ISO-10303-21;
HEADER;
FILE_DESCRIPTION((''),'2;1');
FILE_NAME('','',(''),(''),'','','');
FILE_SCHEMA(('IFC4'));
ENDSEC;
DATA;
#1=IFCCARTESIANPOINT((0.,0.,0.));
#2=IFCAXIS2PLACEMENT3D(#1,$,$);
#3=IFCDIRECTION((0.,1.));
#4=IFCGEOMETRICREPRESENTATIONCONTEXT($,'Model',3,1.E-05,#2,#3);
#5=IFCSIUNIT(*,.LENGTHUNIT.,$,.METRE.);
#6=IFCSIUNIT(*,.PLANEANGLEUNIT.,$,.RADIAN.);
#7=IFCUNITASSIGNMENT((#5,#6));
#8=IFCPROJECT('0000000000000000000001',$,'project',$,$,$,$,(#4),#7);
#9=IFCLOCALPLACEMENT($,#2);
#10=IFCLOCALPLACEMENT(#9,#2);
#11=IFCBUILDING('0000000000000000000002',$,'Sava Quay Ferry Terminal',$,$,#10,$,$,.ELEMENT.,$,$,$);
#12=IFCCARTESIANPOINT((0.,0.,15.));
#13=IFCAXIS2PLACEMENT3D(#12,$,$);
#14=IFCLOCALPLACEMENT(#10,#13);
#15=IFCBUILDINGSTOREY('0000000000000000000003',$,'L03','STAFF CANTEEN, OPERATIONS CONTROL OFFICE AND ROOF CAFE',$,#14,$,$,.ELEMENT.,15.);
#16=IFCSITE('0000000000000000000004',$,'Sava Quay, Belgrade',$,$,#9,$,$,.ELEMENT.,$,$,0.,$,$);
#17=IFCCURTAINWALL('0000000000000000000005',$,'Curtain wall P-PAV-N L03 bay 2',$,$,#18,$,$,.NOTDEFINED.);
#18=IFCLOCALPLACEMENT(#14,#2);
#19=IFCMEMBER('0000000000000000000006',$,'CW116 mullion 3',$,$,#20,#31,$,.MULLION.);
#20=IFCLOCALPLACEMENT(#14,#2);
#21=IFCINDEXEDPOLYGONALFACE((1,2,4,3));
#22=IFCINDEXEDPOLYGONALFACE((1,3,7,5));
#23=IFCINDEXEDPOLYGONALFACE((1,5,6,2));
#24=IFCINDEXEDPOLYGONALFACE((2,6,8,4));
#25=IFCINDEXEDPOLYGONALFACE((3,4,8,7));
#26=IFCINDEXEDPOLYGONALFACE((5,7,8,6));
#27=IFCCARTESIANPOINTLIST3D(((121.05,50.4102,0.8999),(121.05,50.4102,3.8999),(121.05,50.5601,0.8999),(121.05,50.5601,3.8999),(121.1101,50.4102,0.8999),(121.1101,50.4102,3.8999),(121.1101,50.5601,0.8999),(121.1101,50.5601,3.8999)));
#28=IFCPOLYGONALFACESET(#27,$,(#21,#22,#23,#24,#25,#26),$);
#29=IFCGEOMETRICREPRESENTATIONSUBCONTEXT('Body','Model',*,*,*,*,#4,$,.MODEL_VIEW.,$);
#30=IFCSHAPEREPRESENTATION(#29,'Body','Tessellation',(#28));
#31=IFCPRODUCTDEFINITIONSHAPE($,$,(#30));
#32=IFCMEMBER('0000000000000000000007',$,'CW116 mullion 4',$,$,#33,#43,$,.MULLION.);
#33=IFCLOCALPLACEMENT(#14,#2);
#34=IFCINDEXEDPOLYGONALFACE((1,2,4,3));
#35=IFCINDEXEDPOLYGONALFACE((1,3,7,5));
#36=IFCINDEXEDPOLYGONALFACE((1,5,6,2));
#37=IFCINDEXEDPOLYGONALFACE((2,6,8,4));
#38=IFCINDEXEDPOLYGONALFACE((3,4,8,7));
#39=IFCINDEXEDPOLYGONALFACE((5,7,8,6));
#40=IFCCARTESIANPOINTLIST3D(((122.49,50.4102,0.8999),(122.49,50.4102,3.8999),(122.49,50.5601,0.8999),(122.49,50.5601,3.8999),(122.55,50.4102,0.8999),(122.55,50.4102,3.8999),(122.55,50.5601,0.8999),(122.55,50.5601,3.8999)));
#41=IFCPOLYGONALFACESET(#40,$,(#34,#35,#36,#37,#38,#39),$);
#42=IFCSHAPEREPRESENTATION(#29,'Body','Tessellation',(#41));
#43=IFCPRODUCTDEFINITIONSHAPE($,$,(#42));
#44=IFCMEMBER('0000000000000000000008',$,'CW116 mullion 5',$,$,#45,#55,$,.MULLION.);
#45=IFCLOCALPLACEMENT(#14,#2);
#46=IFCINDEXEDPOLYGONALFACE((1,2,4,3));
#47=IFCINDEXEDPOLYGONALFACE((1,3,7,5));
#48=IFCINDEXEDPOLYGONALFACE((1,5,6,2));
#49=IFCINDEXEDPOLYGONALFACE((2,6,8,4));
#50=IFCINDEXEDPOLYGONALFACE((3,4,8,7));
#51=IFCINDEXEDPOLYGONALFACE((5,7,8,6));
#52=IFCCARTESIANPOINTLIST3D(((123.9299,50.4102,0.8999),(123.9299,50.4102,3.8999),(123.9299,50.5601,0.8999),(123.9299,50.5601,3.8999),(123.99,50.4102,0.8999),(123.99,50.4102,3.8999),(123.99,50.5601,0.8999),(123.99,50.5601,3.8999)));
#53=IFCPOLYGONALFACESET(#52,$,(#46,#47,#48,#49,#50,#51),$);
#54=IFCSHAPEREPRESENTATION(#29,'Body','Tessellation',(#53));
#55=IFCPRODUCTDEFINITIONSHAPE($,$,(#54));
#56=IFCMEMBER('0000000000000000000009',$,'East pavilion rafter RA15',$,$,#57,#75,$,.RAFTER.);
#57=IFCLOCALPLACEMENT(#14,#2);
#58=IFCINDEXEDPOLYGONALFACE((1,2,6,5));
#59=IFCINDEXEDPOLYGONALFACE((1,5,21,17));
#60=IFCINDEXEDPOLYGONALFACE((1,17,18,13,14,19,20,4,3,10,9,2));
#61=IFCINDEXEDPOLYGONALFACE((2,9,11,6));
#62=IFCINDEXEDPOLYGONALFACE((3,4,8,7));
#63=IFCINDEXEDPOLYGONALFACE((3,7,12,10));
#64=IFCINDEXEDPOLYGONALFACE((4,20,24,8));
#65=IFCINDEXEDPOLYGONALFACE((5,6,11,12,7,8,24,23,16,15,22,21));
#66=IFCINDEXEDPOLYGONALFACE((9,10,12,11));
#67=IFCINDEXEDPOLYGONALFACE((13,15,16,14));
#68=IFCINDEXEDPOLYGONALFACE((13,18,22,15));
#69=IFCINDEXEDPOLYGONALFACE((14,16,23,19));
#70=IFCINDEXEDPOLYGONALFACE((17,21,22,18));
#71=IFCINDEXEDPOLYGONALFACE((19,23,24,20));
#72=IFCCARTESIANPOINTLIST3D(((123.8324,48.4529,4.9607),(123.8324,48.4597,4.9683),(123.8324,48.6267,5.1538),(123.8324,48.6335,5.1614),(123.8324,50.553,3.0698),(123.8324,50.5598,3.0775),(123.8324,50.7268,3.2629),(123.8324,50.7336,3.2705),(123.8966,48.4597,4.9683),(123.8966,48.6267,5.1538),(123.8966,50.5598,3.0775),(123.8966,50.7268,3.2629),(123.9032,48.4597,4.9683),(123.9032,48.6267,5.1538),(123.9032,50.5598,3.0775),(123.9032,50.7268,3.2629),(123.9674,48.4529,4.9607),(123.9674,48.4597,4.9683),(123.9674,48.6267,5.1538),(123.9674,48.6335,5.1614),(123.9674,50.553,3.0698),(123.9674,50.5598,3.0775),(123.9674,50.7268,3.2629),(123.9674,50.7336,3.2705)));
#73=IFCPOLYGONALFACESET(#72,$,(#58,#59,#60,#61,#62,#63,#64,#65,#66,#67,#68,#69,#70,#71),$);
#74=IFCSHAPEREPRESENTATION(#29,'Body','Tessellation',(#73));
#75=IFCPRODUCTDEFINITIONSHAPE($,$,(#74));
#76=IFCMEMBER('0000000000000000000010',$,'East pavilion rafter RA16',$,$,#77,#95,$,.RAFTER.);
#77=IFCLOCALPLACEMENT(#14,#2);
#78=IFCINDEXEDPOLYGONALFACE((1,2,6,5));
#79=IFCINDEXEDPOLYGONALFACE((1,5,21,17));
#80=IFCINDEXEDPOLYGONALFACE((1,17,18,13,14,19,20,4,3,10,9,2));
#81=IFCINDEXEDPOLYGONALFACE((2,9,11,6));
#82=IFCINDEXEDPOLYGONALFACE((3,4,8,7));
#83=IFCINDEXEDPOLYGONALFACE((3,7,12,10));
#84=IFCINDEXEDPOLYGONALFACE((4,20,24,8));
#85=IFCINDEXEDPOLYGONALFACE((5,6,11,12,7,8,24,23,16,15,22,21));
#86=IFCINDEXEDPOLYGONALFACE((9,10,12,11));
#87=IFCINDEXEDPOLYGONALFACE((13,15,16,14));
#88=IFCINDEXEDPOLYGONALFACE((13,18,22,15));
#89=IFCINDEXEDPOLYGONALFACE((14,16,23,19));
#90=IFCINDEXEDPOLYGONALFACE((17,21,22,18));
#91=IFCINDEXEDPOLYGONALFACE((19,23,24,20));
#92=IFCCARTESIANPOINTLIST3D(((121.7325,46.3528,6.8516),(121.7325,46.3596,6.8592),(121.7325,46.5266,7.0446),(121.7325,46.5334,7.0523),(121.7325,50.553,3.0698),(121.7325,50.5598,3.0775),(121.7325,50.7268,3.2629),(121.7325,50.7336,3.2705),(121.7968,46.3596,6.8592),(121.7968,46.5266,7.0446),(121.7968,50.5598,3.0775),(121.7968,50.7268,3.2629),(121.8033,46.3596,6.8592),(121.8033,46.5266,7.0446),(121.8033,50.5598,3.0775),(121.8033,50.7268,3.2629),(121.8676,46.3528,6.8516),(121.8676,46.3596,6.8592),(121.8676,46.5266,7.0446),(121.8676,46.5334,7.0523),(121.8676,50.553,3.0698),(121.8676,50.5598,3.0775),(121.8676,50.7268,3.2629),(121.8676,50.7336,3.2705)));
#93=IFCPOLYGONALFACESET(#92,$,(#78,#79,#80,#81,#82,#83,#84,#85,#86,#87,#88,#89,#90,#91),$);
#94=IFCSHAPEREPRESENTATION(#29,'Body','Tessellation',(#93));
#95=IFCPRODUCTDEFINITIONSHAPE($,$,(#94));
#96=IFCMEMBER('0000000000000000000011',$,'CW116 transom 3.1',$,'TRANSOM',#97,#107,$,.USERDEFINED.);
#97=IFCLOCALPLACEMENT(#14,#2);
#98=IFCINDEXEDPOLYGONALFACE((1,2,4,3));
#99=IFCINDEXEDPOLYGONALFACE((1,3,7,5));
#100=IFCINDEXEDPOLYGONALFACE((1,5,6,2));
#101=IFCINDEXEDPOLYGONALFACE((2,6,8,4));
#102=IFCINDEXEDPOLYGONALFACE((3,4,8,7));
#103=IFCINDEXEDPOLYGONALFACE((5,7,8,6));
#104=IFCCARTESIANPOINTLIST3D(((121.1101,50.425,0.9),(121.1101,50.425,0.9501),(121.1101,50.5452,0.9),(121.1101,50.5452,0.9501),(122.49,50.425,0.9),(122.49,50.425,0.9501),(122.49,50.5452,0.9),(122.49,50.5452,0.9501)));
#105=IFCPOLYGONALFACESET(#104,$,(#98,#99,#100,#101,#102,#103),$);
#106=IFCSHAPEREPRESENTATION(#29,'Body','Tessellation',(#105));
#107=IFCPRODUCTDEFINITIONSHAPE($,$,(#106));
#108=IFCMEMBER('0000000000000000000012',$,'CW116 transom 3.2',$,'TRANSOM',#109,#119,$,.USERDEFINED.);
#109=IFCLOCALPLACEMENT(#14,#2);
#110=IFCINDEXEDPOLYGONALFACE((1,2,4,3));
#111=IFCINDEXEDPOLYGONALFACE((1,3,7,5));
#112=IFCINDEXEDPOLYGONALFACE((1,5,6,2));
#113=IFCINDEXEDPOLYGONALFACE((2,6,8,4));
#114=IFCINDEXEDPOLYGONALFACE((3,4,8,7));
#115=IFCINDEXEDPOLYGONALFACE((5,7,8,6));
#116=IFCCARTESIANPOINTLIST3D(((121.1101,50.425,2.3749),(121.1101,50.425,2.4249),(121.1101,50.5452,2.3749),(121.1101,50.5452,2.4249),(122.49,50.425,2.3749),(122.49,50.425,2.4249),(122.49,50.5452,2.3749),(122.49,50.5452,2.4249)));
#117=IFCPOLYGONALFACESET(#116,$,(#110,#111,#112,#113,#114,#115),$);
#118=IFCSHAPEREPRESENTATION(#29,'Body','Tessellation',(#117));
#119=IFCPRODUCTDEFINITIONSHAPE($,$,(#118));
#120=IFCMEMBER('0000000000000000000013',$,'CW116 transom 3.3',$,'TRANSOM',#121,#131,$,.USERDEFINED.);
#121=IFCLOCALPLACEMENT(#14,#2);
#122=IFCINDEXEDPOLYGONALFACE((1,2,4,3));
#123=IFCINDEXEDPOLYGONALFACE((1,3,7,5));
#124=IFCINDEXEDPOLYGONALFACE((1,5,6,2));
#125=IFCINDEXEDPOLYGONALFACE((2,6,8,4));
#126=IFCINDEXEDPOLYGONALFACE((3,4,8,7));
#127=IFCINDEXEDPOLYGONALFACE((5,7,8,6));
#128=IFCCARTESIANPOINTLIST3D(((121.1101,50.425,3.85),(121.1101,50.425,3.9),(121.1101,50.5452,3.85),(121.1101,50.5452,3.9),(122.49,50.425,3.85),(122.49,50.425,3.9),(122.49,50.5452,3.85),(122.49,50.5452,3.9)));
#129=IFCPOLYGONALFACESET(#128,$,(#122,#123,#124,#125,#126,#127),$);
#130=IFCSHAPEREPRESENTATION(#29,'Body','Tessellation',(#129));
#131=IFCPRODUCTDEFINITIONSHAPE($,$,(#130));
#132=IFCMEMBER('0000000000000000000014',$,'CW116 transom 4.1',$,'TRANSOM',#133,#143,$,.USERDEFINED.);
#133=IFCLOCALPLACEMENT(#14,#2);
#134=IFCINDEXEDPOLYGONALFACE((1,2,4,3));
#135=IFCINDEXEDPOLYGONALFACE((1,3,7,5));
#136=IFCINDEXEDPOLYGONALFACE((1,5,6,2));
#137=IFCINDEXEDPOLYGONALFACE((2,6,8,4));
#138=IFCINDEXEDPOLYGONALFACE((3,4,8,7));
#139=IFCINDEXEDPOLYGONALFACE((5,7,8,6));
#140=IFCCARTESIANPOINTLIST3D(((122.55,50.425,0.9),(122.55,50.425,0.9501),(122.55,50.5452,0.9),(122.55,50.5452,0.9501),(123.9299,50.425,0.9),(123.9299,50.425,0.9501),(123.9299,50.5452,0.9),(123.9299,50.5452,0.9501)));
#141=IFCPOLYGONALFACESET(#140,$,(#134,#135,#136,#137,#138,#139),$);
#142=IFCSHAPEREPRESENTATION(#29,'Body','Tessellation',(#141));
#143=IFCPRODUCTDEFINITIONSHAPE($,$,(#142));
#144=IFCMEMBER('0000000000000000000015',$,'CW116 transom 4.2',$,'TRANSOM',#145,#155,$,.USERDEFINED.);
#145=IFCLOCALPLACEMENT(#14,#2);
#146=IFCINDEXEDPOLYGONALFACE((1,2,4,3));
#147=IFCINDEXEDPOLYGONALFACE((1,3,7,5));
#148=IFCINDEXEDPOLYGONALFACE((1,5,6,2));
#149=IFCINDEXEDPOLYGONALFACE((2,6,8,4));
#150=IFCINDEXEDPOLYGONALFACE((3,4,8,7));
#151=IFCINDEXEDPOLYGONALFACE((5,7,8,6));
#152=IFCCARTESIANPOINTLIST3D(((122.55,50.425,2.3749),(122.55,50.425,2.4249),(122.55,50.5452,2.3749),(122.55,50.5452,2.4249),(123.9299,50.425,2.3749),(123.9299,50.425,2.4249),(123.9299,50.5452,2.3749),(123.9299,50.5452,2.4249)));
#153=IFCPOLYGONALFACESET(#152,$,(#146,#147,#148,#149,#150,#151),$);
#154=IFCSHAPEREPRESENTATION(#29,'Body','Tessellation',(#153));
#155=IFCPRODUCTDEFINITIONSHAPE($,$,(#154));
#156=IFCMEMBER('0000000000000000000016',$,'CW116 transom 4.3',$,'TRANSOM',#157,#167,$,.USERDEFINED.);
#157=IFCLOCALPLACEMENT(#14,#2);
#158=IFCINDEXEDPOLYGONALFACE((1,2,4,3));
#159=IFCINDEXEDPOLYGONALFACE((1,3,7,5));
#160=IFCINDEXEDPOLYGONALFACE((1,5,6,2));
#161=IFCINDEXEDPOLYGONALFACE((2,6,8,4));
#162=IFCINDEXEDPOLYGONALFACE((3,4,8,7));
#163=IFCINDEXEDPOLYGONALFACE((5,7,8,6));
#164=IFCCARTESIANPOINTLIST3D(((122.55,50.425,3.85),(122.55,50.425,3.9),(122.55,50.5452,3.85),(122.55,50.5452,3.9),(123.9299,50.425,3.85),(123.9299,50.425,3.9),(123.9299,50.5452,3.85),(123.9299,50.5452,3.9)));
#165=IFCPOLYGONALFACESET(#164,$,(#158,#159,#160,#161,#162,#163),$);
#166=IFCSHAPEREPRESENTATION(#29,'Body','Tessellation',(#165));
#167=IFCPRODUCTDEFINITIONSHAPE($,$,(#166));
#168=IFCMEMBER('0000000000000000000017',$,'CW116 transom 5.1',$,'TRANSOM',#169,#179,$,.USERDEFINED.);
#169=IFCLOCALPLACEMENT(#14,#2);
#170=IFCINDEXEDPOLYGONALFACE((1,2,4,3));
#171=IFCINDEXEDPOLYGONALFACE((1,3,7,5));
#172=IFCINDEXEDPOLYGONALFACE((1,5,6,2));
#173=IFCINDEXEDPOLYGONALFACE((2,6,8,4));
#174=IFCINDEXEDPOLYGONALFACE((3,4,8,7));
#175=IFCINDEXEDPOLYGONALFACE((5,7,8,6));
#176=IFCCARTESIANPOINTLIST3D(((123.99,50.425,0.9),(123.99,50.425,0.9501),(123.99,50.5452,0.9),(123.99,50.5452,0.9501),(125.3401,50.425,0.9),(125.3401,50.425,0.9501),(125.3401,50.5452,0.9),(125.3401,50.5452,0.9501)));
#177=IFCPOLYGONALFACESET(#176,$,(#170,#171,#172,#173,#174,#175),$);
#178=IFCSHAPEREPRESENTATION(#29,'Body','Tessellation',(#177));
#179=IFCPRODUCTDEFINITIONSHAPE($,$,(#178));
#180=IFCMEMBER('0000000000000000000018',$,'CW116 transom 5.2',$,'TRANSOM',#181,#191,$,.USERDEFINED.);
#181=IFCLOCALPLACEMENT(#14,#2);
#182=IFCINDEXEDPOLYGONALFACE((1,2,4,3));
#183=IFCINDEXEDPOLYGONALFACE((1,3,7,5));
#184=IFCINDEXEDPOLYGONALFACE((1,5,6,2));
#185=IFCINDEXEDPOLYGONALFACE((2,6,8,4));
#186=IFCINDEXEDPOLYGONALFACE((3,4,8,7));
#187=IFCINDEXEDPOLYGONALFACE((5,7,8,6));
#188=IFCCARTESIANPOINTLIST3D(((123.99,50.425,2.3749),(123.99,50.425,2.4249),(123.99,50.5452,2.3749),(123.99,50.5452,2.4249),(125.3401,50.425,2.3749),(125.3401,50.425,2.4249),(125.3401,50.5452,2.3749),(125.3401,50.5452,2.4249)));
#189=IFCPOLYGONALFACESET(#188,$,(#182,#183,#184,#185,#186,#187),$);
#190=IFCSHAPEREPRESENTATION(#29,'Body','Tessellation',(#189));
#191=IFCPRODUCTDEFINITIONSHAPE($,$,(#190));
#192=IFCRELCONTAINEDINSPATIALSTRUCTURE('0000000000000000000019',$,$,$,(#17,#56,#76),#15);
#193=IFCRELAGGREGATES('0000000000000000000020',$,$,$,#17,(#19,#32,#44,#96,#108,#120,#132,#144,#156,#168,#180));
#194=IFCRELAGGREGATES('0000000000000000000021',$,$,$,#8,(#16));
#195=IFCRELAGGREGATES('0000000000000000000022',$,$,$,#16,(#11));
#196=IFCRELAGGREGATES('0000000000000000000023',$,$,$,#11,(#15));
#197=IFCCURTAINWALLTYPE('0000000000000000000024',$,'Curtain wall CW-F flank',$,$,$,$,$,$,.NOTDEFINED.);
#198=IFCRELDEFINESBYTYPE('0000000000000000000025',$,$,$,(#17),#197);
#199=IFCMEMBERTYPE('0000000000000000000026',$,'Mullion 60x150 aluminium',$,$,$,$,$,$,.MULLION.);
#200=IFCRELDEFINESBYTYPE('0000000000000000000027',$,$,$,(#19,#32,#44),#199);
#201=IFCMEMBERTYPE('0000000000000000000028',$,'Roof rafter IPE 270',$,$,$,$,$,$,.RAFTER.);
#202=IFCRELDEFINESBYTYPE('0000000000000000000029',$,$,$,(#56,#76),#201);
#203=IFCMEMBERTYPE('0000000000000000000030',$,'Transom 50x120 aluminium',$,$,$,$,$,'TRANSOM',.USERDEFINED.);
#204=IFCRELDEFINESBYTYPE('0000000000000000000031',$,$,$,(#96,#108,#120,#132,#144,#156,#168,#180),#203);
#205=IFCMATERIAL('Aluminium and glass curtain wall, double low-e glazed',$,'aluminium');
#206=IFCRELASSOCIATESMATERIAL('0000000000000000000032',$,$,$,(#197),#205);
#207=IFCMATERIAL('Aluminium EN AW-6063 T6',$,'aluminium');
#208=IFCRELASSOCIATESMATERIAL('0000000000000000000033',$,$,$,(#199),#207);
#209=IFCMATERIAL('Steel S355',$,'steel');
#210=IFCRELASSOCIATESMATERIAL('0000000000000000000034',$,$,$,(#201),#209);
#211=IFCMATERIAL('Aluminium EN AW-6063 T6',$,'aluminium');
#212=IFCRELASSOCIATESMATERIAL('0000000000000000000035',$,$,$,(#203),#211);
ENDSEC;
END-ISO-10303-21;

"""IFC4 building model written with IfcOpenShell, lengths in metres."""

from ifc_helpers import new_model, si_unit, direction, frame, origin, origin_2d, place, context, subcontext, project, spatial, rectangle, i_section, extrude, material, material_profile, profile_set, type_object, element, aggregate, save


model = new_model("IFC4")

# Units and contexts
model_context = context("Model", 3, precision=1e-05, world=origin(), true_north=direction((0.0, 1.0)))
body_context = subcontext(model_context, "Body", "Model", "MODEL_VIEW")
ifc_project = project(units=[si_unit("LENGTHUNIT", "METRE"), si_unit("PLANEANGLEUNIT", "RADIAN")], contexts=[model_context])

# Site, building, storey
site_placement = place(None, origin())
site = spatial("IfcSite", under=ifc_project, at=site_placement, Name="Sava Quay, Belgrade", CompositionType="ELEMENT", RefElevation=0.0)
building_placement = place(site_placement, origin())
building = spatial("IfcBuilding", under=site, at=building_placement, Name="Sava Quay Ferry Terminal", CompositionType="ELEMENT")
storey_placement = place(building_placement, frame((0.0, 0.0, 15.0)))
storey = spatial("IfcBuildingStorey", under=building, at=storey_placement, Name="L03", Description="STAFF CANTEEN, OPERATIONS CONTROL OFFICE AND ROOF CAFE", CompositionType="ELEMENT", Elevation=15.0)

# Curtain wall, members
ifc_material_1 = material(Name="Aluminium and glass curtain wall, double low-e glazed", Category="aluminium")
curtain_wall_type = type_object("IfcCurtainWallType", Name="Curtain wall CW-F flank", PredefinedType="NOTDEFINED", material=ifc_material_1)
curtain_wall_placement = place(storey_placement, origin())
curtain_wall = element("IfcCurtainWall", 1, at=curtain_wall_placement, inside=storey, type_object=curtain_wall_type, Name="Curtain wall P-PAV-N L03 bay 2", PredefinedType="NOTDEFINED")
ifc_material_2 = material(Name="Aluminium EN AW-6063 T6", Category="aluminium")
ifc_material_profile_1 = material_profile(ifc_material_2, rectangle(XDim=0.1499, YDim=0.0601, at=origin_2d()), Name="Mullion 60x150 aluminium")
ifc_profile_set_1 = profile_set([ifc_material_profile_1], Name="Aluminium EN AW-6063 T6")
member_type_1 = type_object("IfcMemberType", Name="Mullion 60x150 aluminium", PredefinedType="MULLION", material=ifc_profile_set_1)
member_1_placement = place(storey_placement, frame((121.0801, 50.4851, 0.8999), z_axis=(0.0, 0.0, 1.0), x_axis=(0.0, 1.0, 0.0)))
member_1 = element("IfcMember", 2, at=member_1_placement, type_object=member_type_1, Name="CW116 mullion 3", PredefinedType="MULLION", context=body_context, shape_type="SweptSolid", body=[
    extrude(rectangle(XDim=0.1499, YDim=0.0601, at=origin_2d()), origin(), (0.0, 0.0, 1.0), 3.0),
])
member_2_placement = place(storey_placement, frame((122.52, 50.4851, 0.8999), z_axis=(0.0, 0.0, 1.0), x_axis=(0.0, 1.0, 0.0)))
member_2 = element("IfcMember", 3, at=member_2_placement, type_object=member_type_1, Name="CW116 mullion 4", PredefinedType="MULLION", context=body_context, shape_type="SweptSolid", body=[
    extrude(rectangle(XDim=0.1499, YDim=0.0601, at=origin_2d()), origin(), (0.0, 0.0, 1.0), 3.0),
])
member_3_placement = place(storey_placement, frame((123.96, 50.4851, 0.8999), z_axis=(0.0, 0.0, 1.0), x_axis=(0.0, 1.0, 0.0)))
member_3 = element("IfcMember", 4, at=member_3_placement, type_object=member_type_1, Name="CW116 mullion 5", PredefinedType="MULLION", context=body_context, shape_type="SweptSolid", body=[
    extrude(rectangle(XDim=0.1499, YDim=0.0601, at=origin_2d()), origin(), (0.0, 0.0, 1.0), 3.0),
])

# Members
ifc_material_3 = material(Name="Steel S355", Category="steel")
ifc_material_profile_2 = material_profile(ifc_material_3, i_section(OverallWidth=0.135, OverallDepth=0.27, WebThickness=0.0066, FlangeThickness=0.0103, at=origin_2d()), Name="IPE 270")
ifc_profile_set_2 = profile_set([ifc_material_profile_2], Name="Steel S355")
member_type_2 = type_object("IfcMemberType", Name="Roof rafter IPE 270", PredefinedType="RAFTER", material=ifc_profile_set_2)
member_4_placement = place(storey_placement, frame((123.8999, 50.6433, 3.1702), z_axis=(0.0, -0.743157, 0.669117), x_axis=(1.0, 0.0, 0.0)))
element("IfcMember", 5, at=member_4_placement, inside=storey, type_object=member_type_2, Name="East pavilion rafter RA15", PredefinedType="RAFTER", context=body_context, shape_type="SweptSolid", body=[
    extrude(i_section(OverallWidth=0.135, OverallDepth=0.27, WebThickness=0.0066, FlangeThickness=0.0103, at=origin_2d()), origin(), (0.0, 0.0, 1.0), 2.8259),
])
member_5_placement = place(storey_placement, frame((121.8, 50.6433, 3.1702), z_axis=(0.0, -0.743157, 0.669117), x_axis=(1.0, 0.0, 0.0)))
element("IfcMember", 6, at=member_5_placement, inside=storey, type_object=member_type_2, Name="East pavilion rafter RA16", PredefinedType="RAFTER", context=body_context, shape_type="SweptSolid", body=[
    extrude(i_section(OverallWidth=0.135, OverallDepth=0.27, WebThickness=0.0066, FlangeThickness=0.0103, at=origin_2d()), origin(), (0.0, 0.0, 1.0), 5.6519),
])

# Members
ifc_material_4 = material(Name="Aluminium EN AW-6063 T6", Category="aluminium")
ifc_material_profile_3 = material_profile(ifc_material_4, rectangle(XDim=0.1201, YDim=0.05, at=origin_2d()), Name="Transom 50x120 aluminium")
ifc_profile_set_3 = profile_set([ifc_material_profile_3], Name="Aluminium EN AW-6063 T6")
member_type_3 = type_object("IfcMemberType", Name="Transom 50x120 aluminium", ElementType="TRANSOM", PredefinedType="USERDEFINED", material=ifc_profile_set_3)
member_6_placement = place(storey_placement, frame((121.1101, 50.4851, 0.925), z_axis=(1.0, 0.0, 0.0), x_axis=(0.0, 1.0, 0.0)))
member_6 = element("IfcMember", 7, at=member_6_placement, type_object=member_type_3, Name="CW116 transom 3.1", ObjectType="TRANSOM", PredefinedType="USERDEFINED", context=body_context, shape_type="SweptSolid", body=[
    extrude(rectangle(XDim=0.1201, YDim=0.05, at=origin_2d()), origin(), (0.0, 0.0, 1.0), 1.3799),
])
member_7_placement = place(storey_placement, frame((121.1101, 50.4851, 2.3999), z_axis=(1.0, 0.0, 0.0), x_axis=(0.0, 1.0, 0.0)))
member_7 = element("IfcMember", 8, at=member_7_placement, type_object=member_type_3, Name="CW116 transom 3.2", ObjectType="TRANSOM", PredefinedType="USERDEFINED", context=body_context, shape_type="SweptSolid", body=[
    extrude(rectangle(XDim=0.1201, YDim=0.05, at=origin_2d()), origin(), (0.0, 0.0, 1.0), 1.3799),
])
member_8_placement = place(storey_placement, frame((121.1101, 50.4851, 3.875), z_axis=(1.0, 0.0, 0.0), x_axis=(0.0, 1.0, 0.0)))
member_8 = element("IfcMember", 9, at=member_8_placement, type_object=member_type_3, Name="CW116 transom 3.3", ObjectType="TRANSOM", PredefinedType="USERDEFINED", context=body_context, shape_type="SweptSolid", body=[
    extrude(rectangle(XDim=0.1201, YDim=0.05, at=origin_2d()), origin(), (0.0, 0.0, 1.0), 1.3799),
])
member_9_placement = place(storey_placement, frame((122.55, 50.4851, 0.925), z_axis=(1.0, 0.0, 0.0), x_axis=(0.0, 1.0, 0.0)))
member_9 = element("IfcMember", 10, at=member_9_placement, type_object=member_type_3, Name="CW116 transom 4.1", ObjectType="TRANSOM", PredefinedType="USERDEFINED", context=body_context, shape_type="SweptSolid", body=[
    extrude(rectangle(XDim=0.1201, YDim=0.05, at=origin_2d()), origin(), (0.0, 0.0, 1.0), 1.3799),
])
member_10_placement = place(storey_placement, frame((122.55, 50.4851, 2.3999), z_axis=(1.0, 0.0, 0.0), x_axis=(0.0, 1.0, 0.0)))
member_10 = element("IfcMember", 11, at=member_10_placement, type_object=member_type_3, Name="CW116 transom 4.2", ObjectType="TRANSOM", PredefinedType="USERDEFINED", context=body_context, shape_type="SweptSolid", body=[
    extrude(rectangle(XDim=0.1201, YDim=0.05, at=origin_2d()), origin(), (0.0, 0.0, 1.0), 1.3799),
])
member_11_placement = place(storey_placement, frame((122.55, 50.4851, 3.875), z_axis=(1.0, 0.0, 0.0), x_axis=(0.0, 1.0, 0.0)))
member_11 = element("IfcMember", 12, at=member_11_placement, type_object=member_type_3, Name="CW116 transom 4.3", ObjectType="TRANSOM", PredefinedType="USERDEFINED", context=body_context, shape_type="SweptSolid", body=[
    extrude(rectangle(XDim=0.1201, YDim=0.05, at=origin_2d()), origin(), (0.0, 0.0, 1.0), 1.3799),
])
member_12_placement = place(storey_placement, frame((123.99, 50.4851, 0.925), z_axis=(1.0, 0.0, 0.0), x_axis=(0.0, 1.0, 0.0)))
member_12 = element("IfcMember", 13, at=member_12_placement, type_object=member_type_3, Name="CW116 transom 5.1", ObjectType="TRANSOM", PredefinedType="USERDEFINED", context=body_context, shape_type="SweptSolid", body=[
    extrude(rectangle(XDim=0.1201, YDim=0.05, at=origin_2d()), origin(), (0.0, 0.0, 1.0), 1.3501),
])
member_13_placement = place(storey_placement, frame((123.99, 50.4851, 2.3999), z_axis=(1.0, 0.0, 0.0), x_axis=(0.0, 1.0, 0.0)))
member_13 = element("IfcMember", 14, at=member_13_placement, type_object=member_type_3, Name="CW116 transom 5.2", ObjectType="TRANSOM", PredefinedType="USERDEFINED", context=body_context, shape_type="SweptSolid", body=[
    extrude(rectangle(XDim=0.1201, YDim=0.05, at=origin_2d()), origin(), (0.0, 0.0, 1.0), 1.3501),
])

aggregate(curtain_wall, [member_1, member_2, member_3, member_6, member_7, member_8, member_9, member_10, member_11, member_12, member_13])

save(model, "model.ifc")
